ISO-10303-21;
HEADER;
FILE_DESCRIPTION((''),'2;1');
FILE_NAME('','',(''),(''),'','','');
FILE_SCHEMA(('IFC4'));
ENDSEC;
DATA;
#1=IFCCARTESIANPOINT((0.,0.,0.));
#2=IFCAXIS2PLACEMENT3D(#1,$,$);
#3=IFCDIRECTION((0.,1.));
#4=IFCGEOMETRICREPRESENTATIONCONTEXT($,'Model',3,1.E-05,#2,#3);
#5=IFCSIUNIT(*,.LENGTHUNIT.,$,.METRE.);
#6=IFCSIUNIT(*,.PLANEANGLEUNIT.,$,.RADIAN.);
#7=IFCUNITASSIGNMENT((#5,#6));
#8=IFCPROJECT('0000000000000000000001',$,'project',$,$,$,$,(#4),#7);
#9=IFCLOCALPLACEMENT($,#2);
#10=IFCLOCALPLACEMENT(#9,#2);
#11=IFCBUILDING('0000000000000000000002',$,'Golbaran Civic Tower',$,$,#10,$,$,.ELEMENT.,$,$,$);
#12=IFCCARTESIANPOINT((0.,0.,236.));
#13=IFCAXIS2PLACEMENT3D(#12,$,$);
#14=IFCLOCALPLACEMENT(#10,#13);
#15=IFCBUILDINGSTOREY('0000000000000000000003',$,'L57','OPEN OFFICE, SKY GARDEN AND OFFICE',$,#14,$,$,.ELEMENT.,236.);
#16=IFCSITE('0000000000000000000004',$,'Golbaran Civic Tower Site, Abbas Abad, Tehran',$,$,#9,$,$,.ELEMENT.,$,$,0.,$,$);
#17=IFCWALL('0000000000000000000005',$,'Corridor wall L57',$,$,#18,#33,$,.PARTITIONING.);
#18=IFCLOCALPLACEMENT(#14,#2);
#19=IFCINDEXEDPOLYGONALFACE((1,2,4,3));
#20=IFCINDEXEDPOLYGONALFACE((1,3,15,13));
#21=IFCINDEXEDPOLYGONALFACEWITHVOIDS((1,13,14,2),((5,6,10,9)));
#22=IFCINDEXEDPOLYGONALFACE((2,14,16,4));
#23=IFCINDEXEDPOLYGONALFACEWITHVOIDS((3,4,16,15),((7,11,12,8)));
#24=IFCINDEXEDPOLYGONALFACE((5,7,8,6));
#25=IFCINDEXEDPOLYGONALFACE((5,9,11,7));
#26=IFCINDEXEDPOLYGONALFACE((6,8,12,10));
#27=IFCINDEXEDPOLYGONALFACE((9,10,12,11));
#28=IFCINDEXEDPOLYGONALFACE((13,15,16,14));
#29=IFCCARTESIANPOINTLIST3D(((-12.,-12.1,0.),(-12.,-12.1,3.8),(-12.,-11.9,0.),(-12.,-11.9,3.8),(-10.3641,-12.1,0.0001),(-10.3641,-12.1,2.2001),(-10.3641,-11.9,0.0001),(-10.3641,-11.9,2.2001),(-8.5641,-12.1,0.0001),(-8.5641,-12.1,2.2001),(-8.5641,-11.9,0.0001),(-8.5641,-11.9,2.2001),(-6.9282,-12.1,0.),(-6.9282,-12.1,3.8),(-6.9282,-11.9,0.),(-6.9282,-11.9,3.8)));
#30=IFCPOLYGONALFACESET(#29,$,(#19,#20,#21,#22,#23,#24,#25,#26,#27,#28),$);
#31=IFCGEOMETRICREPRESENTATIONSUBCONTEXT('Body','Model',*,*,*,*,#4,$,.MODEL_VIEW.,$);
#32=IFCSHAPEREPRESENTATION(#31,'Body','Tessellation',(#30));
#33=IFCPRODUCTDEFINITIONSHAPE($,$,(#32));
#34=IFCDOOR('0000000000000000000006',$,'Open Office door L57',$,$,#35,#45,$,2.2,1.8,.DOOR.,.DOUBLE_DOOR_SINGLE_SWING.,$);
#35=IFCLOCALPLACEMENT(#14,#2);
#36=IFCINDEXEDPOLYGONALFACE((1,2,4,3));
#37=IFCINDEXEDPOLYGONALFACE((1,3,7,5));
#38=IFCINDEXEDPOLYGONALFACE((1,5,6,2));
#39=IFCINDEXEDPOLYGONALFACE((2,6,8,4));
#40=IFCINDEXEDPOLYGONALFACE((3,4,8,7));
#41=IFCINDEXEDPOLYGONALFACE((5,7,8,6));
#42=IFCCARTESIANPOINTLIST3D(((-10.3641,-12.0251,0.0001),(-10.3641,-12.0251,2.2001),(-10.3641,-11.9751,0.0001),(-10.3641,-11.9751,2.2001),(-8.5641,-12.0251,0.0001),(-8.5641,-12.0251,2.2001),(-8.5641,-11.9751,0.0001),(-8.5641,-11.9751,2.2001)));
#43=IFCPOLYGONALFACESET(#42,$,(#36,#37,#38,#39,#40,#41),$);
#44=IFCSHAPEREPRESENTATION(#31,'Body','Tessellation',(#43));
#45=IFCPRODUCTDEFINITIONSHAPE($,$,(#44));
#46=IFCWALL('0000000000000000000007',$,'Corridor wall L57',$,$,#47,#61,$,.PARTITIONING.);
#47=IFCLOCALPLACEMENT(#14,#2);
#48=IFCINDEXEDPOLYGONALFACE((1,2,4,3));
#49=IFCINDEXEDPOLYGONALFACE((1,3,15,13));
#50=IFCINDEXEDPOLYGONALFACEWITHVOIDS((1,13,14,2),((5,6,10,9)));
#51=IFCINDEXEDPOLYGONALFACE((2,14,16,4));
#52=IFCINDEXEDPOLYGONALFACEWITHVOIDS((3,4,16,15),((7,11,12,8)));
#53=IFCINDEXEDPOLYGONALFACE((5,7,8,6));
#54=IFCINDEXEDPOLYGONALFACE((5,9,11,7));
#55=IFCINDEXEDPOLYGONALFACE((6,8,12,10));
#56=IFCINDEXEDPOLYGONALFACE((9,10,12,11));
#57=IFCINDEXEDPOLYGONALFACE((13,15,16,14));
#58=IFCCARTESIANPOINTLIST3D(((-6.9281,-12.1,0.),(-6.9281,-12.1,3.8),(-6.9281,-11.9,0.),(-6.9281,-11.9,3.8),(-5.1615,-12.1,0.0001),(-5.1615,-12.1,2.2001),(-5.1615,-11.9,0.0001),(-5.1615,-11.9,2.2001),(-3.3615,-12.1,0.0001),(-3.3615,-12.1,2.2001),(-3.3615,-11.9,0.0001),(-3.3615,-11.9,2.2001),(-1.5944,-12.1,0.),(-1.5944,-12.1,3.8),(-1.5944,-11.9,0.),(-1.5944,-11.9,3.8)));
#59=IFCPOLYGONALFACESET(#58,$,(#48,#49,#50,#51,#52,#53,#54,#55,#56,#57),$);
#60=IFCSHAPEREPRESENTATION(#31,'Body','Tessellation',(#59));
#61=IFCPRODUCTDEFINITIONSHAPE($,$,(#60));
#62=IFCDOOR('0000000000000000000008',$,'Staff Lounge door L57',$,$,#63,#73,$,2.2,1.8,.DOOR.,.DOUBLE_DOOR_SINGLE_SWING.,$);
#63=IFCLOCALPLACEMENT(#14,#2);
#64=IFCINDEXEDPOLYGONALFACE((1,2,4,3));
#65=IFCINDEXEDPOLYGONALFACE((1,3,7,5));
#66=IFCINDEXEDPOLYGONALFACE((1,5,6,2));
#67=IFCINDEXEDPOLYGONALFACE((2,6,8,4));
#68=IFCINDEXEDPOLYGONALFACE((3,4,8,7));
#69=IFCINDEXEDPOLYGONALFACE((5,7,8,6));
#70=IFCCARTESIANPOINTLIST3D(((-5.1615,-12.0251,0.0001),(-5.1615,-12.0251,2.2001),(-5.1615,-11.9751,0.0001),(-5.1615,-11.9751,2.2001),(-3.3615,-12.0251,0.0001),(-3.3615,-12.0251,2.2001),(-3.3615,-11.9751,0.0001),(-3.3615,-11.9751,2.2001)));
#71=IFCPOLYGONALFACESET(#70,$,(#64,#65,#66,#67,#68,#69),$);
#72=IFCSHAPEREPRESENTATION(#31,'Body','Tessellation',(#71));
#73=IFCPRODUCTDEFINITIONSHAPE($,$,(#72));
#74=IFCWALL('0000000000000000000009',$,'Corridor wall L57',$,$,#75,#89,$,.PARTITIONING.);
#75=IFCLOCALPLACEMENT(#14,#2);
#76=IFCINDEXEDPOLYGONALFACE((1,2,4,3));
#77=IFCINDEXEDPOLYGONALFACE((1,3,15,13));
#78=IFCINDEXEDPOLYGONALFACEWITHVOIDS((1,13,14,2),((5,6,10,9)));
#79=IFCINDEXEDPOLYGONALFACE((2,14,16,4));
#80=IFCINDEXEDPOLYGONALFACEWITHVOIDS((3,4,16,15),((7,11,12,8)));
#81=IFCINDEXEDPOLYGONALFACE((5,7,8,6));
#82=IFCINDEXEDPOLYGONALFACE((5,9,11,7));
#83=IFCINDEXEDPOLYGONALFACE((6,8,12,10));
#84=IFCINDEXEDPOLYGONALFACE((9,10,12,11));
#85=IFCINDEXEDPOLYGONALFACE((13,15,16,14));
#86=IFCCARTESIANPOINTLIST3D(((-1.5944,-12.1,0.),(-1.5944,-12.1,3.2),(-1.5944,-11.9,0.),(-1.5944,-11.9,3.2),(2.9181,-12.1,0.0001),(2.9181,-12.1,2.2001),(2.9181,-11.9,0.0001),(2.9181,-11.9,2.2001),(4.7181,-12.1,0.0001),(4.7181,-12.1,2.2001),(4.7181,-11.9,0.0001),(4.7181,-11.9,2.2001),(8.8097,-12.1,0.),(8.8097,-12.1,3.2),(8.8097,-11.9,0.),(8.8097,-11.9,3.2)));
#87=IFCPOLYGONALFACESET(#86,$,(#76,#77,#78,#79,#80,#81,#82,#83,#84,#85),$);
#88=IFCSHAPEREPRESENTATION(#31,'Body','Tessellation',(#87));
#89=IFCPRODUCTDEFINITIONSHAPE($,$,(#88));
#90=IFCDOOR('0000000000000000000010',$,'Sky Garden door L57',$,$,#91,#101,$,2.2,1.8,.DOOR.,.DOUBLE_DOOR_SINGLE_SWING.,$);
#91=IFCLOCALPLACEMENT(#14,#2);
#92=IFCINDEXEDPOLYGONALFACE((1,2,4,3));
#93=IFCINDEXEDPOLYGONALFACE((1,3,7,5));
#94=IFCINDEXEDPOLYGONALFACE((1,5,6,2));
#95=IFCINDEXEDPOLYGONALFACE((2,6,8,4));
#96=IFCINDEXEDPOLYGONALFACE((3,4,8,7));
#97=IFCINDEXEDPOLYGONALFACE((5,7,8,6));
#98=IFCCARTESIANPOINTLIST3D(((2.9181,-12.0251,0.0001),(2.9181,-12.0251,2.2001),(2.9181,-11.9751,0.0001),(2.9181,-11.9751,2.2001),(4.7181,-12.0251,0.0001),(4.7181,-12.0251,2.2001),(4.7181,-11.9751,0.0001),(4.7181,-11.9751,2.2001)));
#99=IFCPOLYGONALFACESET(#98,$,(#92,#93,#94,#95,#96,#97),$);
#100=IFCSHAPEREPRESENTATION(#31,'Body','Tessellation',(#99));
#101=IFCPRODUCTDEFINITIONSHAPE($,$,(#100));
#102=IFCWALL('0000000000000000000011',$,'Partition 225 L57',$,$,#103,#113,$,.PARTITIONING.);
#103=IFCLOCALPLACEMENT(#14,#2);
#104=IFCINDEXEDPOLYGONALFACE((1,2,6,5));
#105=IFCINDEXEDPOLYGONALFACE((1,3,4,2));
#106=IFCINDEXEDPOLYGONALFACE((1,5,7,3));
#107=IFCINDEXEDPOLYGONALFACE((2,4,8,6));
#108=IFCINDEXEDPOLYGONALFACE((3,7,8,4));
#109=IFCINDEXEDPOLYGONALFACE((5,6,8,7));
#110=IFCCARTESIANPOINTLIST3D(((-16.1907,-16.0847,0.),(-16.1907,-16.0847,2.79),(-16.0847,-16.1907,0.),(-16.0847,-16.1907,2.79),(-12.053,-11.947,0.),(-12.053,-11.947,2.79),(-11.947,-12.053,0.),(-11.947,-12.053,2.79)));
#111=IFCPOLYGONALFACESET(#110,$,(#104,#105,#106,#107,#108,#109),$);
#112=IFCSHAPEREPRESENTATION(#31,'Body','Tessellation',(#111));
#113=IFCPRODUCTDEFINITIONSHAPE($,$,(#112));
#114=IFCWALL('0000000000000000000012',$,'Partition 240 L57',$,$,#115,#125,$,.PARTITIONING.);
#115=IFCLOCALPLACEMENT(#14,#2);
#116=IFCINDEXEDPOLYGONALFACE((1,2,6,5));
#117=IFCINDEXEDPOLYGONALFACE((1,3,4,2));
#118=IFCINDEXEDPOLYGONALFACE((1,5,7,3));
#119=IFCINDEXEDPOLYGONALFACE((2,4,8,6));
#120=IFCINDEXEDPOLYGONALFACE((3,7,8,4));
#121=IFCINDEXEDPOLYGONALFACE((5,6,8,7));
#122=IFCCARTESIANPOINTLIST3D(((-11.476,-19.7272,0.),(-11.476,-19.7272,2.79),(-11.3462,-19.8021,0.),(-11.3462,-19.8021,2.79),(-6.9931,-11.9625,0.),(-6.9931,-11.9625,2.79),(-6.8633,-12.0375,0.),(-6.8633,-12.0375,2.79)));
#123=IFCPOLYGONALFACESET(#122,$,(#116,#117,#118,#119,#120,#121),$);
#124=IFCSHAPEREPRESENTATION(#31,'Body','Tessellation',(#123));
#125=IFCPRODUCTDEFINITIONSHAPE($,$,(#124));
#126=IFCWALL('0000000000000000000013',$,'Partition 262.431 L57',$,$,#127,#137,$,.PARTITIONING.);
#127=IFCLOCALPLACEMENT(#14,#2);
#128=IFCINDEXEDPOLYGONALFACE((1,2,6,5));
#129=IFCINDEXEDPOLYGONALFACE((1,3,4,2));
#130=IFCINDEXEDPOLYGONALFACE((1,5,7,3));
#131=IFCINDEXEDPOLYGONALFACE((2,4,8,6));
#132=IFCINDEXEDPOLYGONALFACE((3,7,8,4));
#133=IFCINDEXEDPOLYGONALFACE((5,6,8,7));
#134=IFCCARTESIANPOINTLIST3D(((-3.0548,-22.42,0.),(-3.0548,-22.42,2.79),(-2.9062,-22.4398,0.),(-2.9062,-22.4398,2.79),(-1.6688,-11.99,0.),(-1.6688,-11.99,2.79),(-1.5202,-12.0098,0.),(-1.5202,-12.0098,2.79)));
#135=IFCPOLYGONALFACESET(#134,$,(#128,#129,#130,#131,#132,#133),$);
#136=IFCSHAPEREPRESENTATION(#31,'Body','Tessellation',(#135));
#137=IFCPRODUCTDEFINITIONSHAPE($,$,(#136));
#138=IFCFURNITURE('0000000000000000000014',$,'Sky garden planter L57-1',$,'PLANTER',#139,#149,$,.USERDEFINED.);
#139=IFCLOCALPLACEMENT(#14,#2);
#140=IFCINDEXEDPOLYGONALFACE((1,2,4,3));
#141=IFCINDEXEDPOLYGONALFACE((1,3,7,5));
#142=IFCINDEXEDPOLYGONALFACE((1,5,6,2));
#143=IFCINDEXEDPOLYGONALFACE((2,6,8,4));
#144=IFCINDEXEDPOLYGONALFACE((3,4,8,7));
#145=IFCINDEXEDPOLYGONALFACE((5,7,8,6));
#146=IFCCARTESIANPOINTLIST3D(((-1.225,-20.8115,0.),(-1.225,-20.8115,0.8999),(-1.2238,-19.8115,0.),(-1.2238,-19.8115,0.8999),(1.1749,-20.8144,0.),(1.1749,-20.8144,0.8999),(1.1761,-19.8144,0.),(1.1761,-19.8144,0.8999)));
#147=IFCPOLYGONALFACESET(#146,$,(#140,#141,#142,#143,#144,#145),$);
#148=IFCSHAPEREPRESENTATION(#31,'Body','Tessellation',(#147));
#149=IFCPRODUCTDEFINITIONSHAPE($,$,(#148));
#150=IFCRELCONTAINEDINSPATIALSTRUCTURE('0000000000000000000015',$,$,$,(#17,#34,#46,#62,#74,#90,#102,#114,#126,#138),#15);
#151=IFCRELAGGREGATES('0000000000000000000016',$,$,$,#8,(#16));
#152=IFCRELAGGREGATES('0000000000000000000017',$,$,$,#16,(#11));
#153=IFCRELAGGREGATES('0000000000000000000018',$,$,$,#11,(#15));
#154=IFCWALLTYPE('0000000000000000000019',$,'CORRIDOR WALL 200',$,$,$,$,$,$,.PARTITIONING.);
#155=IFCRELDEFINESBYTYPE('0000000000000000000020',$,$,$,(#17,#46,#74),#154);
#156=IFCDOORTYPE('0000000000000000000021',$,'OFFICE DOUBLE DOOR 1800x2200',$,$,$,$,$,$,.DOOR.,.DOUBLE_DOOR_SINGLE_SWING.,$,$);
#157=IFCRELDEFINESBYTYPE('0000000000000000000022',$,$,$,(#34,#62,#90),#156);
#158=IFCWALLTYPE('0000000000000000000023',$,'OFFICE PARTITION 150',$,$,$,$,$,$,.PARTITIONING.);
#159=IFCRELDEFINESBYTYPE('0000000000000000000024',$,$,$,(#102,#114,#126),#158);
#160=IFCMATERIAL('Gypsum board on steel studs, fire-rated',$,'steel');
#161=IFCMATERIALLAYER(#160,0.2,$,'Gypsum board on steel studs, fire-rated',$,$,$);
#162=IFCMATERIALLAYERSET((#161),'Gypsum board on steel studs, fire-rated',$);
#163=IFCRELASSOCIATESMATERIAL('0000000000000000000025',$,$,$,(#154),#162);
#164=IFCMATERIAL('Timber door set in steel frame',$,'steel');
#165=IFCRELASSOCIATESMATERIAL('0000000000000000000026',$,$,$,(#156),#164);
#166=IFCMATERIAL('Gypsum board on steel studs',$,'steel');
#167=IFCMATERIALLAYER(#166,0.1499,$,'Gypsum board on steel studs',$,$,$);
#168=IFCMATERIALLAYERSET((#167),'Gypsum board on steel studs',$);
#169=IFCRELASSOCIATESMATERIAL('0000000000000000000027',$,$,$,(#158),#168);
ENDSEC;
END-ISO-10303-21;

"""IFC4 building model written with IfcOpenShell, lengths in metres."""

from ifc_helpers import new_model, si_unit, direction, frame, frame_2d, origin, origin_2d, place, context, subcontext, project, spatial, rectangle, extrude, material, layer, layer_set, type_object, element, fill, save


model = new_model("IFC4")

# Units and contexts
model_context = context("Model", 3, precision=1e-05, world=origin(), true_north=direction((0.0, 1.0)))
body_context = subcontext(model_context, "Body", "Model", "MODEL_VIEW")
ifc_project = project(units=[si_unit("LENGTHUNIT", "METRE"), si_unit("PLANEANGLEUNIT", "RADIAN")], contexts=[model_context])

# Site, building, storey
site_placement = place(None, origin())
site = spatial("IfcSite", under=ifc_project, at=site_placement, Name="Golbaran Civic Tower Site, Abbas Abad, Tehran", CompositionType="ELEMENT", RefElevation=0.0)
building_placement = place(site_placement, origin())
building = spatial("IfcBuilding", under=site, at=building_placement, Name="Golbaran Civic Tower", CompositionType="ELEMENT")
storey_placement = place(building_placement, frame((0.0, 0.0, 236.0)))
storey = spatial("IfcBuildingStorey", under=building, at=storey_placement, Name="L57", Description="OPEN OFFICE, SKY GARDEN AND OFFICE", CompositionType="ELEMENT", Elevation=236.0)

# Walls, openings, doors
ifc_material_1 = material(Name="Gypsum board on steel studs, fire-rated", Category="steel")
ifc_layer_1 = layer(ifc_material_1, 0.2, Name="Gypsum board on steel studs, fire-rated")
ifc_layer_set_1 = layer_set([ifc_layer_1], Name="Gypsum board on steel studs, fire-rated")
wall_type_1 = type_object("IfcWallType", Name="CORRIDOR WALL 200", PredefinedType="PARTITIONING", material=ifc_layer_set_1)
wall_1_placement = place(storey_placement, frame((-12.0, -12.0, 0.0), z_axis=(0.0, 0.0, 1.0), x_axis=(1.0, 0.0, 0.0)))
wall_1 = element("IfcWall", 1, at=wall_1_placement, inside=storey, type_object=wall_type_1, Name="Corridor wall L57", PredefinedType="PARTITIONING", context=body_context, shape_type="SweptSolid", body=[
    extrude(rectangle(XDim=5.0718, YDim=0.2, at=frame_2d((2.5359, 0.0))), origin(), (0.0, 0.0, 1.0), 3.8),
])
opening_1_placement = place(wall_1_placement, frame((1.636, 0.0, 0.0)))
opening_1 = element("IfcOpeningElement", 2, at=opening_1_placement, cuts=wall_1, PredefinedType="OPENING", context=body_context, shape_type="SweptSolid", body=[
    extrude(rectangle(XDim=1.8, YDim=2.2, at=frame_2d((0.8999, 1.1001))), frame((0.0, 0.1099, 0.0), z_axis=(0.0, -1.0, 0.0), x_axis=(1.0, 0.0, 0.0)), (0.0, 0.0, 1.0), 0.22),
])
ifc_material_2 = material(Name="Timber door set in steel frame", Category="steel")
door_type = type_object("IfcDoorType", Name="OFFICE DOUBLE DOOR 1800x2200", OperationType="DOUBLE_DOOR_SINGLE_SWING", PredefinedType="DOOR", material=ifc_material_2)
door_1_placement = place(opening_1_placement, origin())
door_1 = element("IfcDoor", 3, at=door_1_placement, inside=storey, type_object=door_type, Name="Open Office door L57", OperationType="DOUBLE_DOOR_SINGLE_SWING", OverallHeight=2.2, OverallWidth=1.8, PredefinedType="DOOR", context=body_context, shape_type="SweptSolid", body=[
    extrude(rectangle(XDim=1.8, YDim=2.2, at=frame_2d((0.8999, 1.1001))), frame((0.0, 0.0249, 0.0), z_axis=(0.0, -1.0, 0.0), x_axis=(1.0, 0.0, 0.0)), (0.0, 0.0, 1.0), 0.05),
])
fill(opening_1, door_1)
wall_2_placement = place(storey_placement, frame((-6.9282, -12.0, 0.0), z_axis=(0.0, 0.0, 1.0), x_axis=(1.0, 0.0, 0.0)))
wall_2 = element("IfcWall", 4, at=wall_2_placement, inside=storey, type_object=wall_type_1, Name="Corridor wall L57", PredefinedType="PARTITIONING", context=body_context, shape_type="SweptSolid", body=[
    extrude(rectangle(XDim=5.3337, YDim=0.2, at=frame_2d((2.667, 0.0))), origin(), (0.0, 0.0, 1.0), 3.8),
])
opening_2_placement = place(wall_2_placement, frame((1.7668, 0.0, 0.0)))
opening_2 = element("IfcOpeningElement", 5, at=opening_2_placement, cuts=wall_2, PredefinedType="OPENING", context=body_context, shape_type="SweptSolid", body=[
    extrude(rectangle(XDim=1.8, YDim=2.2, at=frame_2d((0.8999, 1.1001))), frame((0.0, 0.1099, 0.0), z_axis=(0.0, -1.0, 0.0), x_axis=(1.0, 0.0, 0.0)), (0.0, 0.0, 1.0), 0.22),
])
door_2_placement = place(opening_2_placement, origin())
door_2 = element("IfcDoor", 6, at=door_2_placement, inside=storey, type_object=door_type, Name="Staff Lounge door L57", OperationType="DOUBLE_DOOR_SINGLE_SWING", OverallHeight=2.2, OverallWidth=1.8, PredefinedType="DOOR", context=body_context, shape_type="SweptSolid", body=[
    extrude(rectangle(XDim=1.8, YDim=2.2, at=frame_2d((0.8999, 1.1001))), frame((0.0, 0.0249, 0.0), z_axis=(0.0, -1.0, 0.0), x_axis=(1.0, 0.0, 0.0)), (0.0, 0.0, 1.0), 0.05),
])
fill(opening_2, door_2)
wall_3_placement = place(storey_placement, frame((-1.5945, -12.0, 0.0), z_axis=(0.0, 0.0, 1.0), x_axis=(1.0, 0.0, 0.0)))
wall_3 = element("IfcWall", 7, at=wall_3_placement, inside=storey, type_object=wall_type_1, Name="Corridor wall L57", PredefinedType="PARTITIONING", context=body_context, shape_type="SweptSolid", body=[
    extrude(rectangle(XDim=10.4041, YDim=0.2, at=frame_2d((5.2021, 0.0))), origin(), (0.0, 0.0, 1.0), 3.2),
])
opening_3_placement = place(wall_3_placement, frame((4.5127, 0.0, 0.0)))
opening_3 = element("IfcOpeningElement", 8, at=opening_3_placement, cuts=wall_3, PredefinedType="OPENING", context=body_context, shape_type="SweptSolid", body=[
    extrude(rectangle(XDim=1.8, YDim=2.2, at=frame_2d((0.8999, 1.1001))), frame((0.0, 0.1099, 0.0), z_axis=(0.0, -1.0, 0.0), x_axis=(1.0, 0.0, 0.0)), (0.0, 0.0, 1.0), 0.22),
])
door_3_placement = place(opening_3_placement, origin())
door_3 = element("IfcDoor", 9, at=door_3_placement, inside=storey, type_object=door_type, Name="Sky Garden door L57", OperationType="DOUBLE_DOOR_SINGLE_SWING", OverallHeight=2.2, OverallWidth=1.8, PredefinedType="DOOR", context=body_context, shape_type="SweptSolid", body=[
    extrude(rectangle(XDim=1.8, YDim=2.2, at=frame_2d((0.8999, 1.1001))), frame((0.0, 0.0249, 0.0), z_axis=(0.0, -1.0, 0.0), x_axis=(1.0, 0.0, 0.0)), (0.0, 0.0, 1.0), 0.05),
])
fill(opening_3, door_3)

# Walls
ifc_material_3 = material(Name="Gypsum board on steel studs", Category="steel")
ifc_layer_2 = layer(ifc_material_3, 0.1499, Name="Gypsum board on steel studs")
ifc_layer_set_2 = layer_set([ifc_layer_2], Name="Gypsum board on steel studs")
wall_type_2 = type_object("IfcWallType", Name="OFFICE PARTITION 150", PredefinedType="PARTITIONING", material=ifc_layer_set_2)
wall_4_placement = place(storey_placement, frame((-12.0, -12.0, 0.0), z_axis=(0.0, 0.0, 1.0), x_axis=(-0.707107, -0.707107, 0.0)))
element("IfcWall", 10, at=wall_4_placement, inside=storey, type_object=wall_type_2, Name="Partition 225 L57", PredefinedType="PARTITIONING", context=body_context, shape_type="SweptSolid", body=[
    extrude(rectangle(XDim=5.8516, YDim=0.1499, at=frame_2d((2.9258, 0.0))), origin(), (0.0, 0.0, 1.0), 2.79),
])
wall_5_placement = place(storey_placement, frame((-6.9282, -12.0, 0.0), z_axis=(0.0, 0.0, 1.0), x_axis=(-0.499999, -0.866026, 0.0)))
element("IfcWall", 11, at=wall_5_placement, inside=storey, type_object=wall_type_2, Name="Partition 240 L57", PredefinedType="PARTITIONING", context=body_context, shape_type="SweptSolid", body=[
    extrude(rectangle(XDim=8.9658, YDim=0.1499, at=frame_2d((4.4829, 0.0))), origin(), (0.0, 0.0, 1.0), 2.79),
])
wall_6_placement = place(storey_placement, frame((-1.5945, -12.0, 0.0), z_axis=(0.0, 0.0, 1.0), x_axis=(-0.131727, -0.991286, 0.0)))
element("IfcWall", 12, at=wall_6_placement, inside=storey, type_object=wall_type_2, Name="Partition 262.431 L57", PredefinedType="PARTITIONING", context=body_context, shape_type="SweptSolid", body=[
    extrude(rectangle(XDim=10.5217, YDim=0.1499, at=frame_2d((5.2607, 0.0))), origin(), (0.0, 0.0, 1.0), 2.79),
])

# Furniture
furniture_placement = place(storey_placement, frame((-0.0244, -20.313, 0.0), z_axis=(0.0, 0.0, 1.0), x_axis=(0.999999, -0.001203, 0.0)))
element("IfcFurniture", 13, at=furniture_placement, inside=storey, Name="Sky garden planter L57-1", ObjectType="PLANTER", PredefinedType="USERDEFINED", context=body_context, shape_type="SweptSolid", body=[
    extrude(rectangle(XDim=2.3999, YDim=1.0, at=origin_2d()), origin(), (0.0, 0.0, 1.0), 0.8999),
])

save(model, "model.ifc")
